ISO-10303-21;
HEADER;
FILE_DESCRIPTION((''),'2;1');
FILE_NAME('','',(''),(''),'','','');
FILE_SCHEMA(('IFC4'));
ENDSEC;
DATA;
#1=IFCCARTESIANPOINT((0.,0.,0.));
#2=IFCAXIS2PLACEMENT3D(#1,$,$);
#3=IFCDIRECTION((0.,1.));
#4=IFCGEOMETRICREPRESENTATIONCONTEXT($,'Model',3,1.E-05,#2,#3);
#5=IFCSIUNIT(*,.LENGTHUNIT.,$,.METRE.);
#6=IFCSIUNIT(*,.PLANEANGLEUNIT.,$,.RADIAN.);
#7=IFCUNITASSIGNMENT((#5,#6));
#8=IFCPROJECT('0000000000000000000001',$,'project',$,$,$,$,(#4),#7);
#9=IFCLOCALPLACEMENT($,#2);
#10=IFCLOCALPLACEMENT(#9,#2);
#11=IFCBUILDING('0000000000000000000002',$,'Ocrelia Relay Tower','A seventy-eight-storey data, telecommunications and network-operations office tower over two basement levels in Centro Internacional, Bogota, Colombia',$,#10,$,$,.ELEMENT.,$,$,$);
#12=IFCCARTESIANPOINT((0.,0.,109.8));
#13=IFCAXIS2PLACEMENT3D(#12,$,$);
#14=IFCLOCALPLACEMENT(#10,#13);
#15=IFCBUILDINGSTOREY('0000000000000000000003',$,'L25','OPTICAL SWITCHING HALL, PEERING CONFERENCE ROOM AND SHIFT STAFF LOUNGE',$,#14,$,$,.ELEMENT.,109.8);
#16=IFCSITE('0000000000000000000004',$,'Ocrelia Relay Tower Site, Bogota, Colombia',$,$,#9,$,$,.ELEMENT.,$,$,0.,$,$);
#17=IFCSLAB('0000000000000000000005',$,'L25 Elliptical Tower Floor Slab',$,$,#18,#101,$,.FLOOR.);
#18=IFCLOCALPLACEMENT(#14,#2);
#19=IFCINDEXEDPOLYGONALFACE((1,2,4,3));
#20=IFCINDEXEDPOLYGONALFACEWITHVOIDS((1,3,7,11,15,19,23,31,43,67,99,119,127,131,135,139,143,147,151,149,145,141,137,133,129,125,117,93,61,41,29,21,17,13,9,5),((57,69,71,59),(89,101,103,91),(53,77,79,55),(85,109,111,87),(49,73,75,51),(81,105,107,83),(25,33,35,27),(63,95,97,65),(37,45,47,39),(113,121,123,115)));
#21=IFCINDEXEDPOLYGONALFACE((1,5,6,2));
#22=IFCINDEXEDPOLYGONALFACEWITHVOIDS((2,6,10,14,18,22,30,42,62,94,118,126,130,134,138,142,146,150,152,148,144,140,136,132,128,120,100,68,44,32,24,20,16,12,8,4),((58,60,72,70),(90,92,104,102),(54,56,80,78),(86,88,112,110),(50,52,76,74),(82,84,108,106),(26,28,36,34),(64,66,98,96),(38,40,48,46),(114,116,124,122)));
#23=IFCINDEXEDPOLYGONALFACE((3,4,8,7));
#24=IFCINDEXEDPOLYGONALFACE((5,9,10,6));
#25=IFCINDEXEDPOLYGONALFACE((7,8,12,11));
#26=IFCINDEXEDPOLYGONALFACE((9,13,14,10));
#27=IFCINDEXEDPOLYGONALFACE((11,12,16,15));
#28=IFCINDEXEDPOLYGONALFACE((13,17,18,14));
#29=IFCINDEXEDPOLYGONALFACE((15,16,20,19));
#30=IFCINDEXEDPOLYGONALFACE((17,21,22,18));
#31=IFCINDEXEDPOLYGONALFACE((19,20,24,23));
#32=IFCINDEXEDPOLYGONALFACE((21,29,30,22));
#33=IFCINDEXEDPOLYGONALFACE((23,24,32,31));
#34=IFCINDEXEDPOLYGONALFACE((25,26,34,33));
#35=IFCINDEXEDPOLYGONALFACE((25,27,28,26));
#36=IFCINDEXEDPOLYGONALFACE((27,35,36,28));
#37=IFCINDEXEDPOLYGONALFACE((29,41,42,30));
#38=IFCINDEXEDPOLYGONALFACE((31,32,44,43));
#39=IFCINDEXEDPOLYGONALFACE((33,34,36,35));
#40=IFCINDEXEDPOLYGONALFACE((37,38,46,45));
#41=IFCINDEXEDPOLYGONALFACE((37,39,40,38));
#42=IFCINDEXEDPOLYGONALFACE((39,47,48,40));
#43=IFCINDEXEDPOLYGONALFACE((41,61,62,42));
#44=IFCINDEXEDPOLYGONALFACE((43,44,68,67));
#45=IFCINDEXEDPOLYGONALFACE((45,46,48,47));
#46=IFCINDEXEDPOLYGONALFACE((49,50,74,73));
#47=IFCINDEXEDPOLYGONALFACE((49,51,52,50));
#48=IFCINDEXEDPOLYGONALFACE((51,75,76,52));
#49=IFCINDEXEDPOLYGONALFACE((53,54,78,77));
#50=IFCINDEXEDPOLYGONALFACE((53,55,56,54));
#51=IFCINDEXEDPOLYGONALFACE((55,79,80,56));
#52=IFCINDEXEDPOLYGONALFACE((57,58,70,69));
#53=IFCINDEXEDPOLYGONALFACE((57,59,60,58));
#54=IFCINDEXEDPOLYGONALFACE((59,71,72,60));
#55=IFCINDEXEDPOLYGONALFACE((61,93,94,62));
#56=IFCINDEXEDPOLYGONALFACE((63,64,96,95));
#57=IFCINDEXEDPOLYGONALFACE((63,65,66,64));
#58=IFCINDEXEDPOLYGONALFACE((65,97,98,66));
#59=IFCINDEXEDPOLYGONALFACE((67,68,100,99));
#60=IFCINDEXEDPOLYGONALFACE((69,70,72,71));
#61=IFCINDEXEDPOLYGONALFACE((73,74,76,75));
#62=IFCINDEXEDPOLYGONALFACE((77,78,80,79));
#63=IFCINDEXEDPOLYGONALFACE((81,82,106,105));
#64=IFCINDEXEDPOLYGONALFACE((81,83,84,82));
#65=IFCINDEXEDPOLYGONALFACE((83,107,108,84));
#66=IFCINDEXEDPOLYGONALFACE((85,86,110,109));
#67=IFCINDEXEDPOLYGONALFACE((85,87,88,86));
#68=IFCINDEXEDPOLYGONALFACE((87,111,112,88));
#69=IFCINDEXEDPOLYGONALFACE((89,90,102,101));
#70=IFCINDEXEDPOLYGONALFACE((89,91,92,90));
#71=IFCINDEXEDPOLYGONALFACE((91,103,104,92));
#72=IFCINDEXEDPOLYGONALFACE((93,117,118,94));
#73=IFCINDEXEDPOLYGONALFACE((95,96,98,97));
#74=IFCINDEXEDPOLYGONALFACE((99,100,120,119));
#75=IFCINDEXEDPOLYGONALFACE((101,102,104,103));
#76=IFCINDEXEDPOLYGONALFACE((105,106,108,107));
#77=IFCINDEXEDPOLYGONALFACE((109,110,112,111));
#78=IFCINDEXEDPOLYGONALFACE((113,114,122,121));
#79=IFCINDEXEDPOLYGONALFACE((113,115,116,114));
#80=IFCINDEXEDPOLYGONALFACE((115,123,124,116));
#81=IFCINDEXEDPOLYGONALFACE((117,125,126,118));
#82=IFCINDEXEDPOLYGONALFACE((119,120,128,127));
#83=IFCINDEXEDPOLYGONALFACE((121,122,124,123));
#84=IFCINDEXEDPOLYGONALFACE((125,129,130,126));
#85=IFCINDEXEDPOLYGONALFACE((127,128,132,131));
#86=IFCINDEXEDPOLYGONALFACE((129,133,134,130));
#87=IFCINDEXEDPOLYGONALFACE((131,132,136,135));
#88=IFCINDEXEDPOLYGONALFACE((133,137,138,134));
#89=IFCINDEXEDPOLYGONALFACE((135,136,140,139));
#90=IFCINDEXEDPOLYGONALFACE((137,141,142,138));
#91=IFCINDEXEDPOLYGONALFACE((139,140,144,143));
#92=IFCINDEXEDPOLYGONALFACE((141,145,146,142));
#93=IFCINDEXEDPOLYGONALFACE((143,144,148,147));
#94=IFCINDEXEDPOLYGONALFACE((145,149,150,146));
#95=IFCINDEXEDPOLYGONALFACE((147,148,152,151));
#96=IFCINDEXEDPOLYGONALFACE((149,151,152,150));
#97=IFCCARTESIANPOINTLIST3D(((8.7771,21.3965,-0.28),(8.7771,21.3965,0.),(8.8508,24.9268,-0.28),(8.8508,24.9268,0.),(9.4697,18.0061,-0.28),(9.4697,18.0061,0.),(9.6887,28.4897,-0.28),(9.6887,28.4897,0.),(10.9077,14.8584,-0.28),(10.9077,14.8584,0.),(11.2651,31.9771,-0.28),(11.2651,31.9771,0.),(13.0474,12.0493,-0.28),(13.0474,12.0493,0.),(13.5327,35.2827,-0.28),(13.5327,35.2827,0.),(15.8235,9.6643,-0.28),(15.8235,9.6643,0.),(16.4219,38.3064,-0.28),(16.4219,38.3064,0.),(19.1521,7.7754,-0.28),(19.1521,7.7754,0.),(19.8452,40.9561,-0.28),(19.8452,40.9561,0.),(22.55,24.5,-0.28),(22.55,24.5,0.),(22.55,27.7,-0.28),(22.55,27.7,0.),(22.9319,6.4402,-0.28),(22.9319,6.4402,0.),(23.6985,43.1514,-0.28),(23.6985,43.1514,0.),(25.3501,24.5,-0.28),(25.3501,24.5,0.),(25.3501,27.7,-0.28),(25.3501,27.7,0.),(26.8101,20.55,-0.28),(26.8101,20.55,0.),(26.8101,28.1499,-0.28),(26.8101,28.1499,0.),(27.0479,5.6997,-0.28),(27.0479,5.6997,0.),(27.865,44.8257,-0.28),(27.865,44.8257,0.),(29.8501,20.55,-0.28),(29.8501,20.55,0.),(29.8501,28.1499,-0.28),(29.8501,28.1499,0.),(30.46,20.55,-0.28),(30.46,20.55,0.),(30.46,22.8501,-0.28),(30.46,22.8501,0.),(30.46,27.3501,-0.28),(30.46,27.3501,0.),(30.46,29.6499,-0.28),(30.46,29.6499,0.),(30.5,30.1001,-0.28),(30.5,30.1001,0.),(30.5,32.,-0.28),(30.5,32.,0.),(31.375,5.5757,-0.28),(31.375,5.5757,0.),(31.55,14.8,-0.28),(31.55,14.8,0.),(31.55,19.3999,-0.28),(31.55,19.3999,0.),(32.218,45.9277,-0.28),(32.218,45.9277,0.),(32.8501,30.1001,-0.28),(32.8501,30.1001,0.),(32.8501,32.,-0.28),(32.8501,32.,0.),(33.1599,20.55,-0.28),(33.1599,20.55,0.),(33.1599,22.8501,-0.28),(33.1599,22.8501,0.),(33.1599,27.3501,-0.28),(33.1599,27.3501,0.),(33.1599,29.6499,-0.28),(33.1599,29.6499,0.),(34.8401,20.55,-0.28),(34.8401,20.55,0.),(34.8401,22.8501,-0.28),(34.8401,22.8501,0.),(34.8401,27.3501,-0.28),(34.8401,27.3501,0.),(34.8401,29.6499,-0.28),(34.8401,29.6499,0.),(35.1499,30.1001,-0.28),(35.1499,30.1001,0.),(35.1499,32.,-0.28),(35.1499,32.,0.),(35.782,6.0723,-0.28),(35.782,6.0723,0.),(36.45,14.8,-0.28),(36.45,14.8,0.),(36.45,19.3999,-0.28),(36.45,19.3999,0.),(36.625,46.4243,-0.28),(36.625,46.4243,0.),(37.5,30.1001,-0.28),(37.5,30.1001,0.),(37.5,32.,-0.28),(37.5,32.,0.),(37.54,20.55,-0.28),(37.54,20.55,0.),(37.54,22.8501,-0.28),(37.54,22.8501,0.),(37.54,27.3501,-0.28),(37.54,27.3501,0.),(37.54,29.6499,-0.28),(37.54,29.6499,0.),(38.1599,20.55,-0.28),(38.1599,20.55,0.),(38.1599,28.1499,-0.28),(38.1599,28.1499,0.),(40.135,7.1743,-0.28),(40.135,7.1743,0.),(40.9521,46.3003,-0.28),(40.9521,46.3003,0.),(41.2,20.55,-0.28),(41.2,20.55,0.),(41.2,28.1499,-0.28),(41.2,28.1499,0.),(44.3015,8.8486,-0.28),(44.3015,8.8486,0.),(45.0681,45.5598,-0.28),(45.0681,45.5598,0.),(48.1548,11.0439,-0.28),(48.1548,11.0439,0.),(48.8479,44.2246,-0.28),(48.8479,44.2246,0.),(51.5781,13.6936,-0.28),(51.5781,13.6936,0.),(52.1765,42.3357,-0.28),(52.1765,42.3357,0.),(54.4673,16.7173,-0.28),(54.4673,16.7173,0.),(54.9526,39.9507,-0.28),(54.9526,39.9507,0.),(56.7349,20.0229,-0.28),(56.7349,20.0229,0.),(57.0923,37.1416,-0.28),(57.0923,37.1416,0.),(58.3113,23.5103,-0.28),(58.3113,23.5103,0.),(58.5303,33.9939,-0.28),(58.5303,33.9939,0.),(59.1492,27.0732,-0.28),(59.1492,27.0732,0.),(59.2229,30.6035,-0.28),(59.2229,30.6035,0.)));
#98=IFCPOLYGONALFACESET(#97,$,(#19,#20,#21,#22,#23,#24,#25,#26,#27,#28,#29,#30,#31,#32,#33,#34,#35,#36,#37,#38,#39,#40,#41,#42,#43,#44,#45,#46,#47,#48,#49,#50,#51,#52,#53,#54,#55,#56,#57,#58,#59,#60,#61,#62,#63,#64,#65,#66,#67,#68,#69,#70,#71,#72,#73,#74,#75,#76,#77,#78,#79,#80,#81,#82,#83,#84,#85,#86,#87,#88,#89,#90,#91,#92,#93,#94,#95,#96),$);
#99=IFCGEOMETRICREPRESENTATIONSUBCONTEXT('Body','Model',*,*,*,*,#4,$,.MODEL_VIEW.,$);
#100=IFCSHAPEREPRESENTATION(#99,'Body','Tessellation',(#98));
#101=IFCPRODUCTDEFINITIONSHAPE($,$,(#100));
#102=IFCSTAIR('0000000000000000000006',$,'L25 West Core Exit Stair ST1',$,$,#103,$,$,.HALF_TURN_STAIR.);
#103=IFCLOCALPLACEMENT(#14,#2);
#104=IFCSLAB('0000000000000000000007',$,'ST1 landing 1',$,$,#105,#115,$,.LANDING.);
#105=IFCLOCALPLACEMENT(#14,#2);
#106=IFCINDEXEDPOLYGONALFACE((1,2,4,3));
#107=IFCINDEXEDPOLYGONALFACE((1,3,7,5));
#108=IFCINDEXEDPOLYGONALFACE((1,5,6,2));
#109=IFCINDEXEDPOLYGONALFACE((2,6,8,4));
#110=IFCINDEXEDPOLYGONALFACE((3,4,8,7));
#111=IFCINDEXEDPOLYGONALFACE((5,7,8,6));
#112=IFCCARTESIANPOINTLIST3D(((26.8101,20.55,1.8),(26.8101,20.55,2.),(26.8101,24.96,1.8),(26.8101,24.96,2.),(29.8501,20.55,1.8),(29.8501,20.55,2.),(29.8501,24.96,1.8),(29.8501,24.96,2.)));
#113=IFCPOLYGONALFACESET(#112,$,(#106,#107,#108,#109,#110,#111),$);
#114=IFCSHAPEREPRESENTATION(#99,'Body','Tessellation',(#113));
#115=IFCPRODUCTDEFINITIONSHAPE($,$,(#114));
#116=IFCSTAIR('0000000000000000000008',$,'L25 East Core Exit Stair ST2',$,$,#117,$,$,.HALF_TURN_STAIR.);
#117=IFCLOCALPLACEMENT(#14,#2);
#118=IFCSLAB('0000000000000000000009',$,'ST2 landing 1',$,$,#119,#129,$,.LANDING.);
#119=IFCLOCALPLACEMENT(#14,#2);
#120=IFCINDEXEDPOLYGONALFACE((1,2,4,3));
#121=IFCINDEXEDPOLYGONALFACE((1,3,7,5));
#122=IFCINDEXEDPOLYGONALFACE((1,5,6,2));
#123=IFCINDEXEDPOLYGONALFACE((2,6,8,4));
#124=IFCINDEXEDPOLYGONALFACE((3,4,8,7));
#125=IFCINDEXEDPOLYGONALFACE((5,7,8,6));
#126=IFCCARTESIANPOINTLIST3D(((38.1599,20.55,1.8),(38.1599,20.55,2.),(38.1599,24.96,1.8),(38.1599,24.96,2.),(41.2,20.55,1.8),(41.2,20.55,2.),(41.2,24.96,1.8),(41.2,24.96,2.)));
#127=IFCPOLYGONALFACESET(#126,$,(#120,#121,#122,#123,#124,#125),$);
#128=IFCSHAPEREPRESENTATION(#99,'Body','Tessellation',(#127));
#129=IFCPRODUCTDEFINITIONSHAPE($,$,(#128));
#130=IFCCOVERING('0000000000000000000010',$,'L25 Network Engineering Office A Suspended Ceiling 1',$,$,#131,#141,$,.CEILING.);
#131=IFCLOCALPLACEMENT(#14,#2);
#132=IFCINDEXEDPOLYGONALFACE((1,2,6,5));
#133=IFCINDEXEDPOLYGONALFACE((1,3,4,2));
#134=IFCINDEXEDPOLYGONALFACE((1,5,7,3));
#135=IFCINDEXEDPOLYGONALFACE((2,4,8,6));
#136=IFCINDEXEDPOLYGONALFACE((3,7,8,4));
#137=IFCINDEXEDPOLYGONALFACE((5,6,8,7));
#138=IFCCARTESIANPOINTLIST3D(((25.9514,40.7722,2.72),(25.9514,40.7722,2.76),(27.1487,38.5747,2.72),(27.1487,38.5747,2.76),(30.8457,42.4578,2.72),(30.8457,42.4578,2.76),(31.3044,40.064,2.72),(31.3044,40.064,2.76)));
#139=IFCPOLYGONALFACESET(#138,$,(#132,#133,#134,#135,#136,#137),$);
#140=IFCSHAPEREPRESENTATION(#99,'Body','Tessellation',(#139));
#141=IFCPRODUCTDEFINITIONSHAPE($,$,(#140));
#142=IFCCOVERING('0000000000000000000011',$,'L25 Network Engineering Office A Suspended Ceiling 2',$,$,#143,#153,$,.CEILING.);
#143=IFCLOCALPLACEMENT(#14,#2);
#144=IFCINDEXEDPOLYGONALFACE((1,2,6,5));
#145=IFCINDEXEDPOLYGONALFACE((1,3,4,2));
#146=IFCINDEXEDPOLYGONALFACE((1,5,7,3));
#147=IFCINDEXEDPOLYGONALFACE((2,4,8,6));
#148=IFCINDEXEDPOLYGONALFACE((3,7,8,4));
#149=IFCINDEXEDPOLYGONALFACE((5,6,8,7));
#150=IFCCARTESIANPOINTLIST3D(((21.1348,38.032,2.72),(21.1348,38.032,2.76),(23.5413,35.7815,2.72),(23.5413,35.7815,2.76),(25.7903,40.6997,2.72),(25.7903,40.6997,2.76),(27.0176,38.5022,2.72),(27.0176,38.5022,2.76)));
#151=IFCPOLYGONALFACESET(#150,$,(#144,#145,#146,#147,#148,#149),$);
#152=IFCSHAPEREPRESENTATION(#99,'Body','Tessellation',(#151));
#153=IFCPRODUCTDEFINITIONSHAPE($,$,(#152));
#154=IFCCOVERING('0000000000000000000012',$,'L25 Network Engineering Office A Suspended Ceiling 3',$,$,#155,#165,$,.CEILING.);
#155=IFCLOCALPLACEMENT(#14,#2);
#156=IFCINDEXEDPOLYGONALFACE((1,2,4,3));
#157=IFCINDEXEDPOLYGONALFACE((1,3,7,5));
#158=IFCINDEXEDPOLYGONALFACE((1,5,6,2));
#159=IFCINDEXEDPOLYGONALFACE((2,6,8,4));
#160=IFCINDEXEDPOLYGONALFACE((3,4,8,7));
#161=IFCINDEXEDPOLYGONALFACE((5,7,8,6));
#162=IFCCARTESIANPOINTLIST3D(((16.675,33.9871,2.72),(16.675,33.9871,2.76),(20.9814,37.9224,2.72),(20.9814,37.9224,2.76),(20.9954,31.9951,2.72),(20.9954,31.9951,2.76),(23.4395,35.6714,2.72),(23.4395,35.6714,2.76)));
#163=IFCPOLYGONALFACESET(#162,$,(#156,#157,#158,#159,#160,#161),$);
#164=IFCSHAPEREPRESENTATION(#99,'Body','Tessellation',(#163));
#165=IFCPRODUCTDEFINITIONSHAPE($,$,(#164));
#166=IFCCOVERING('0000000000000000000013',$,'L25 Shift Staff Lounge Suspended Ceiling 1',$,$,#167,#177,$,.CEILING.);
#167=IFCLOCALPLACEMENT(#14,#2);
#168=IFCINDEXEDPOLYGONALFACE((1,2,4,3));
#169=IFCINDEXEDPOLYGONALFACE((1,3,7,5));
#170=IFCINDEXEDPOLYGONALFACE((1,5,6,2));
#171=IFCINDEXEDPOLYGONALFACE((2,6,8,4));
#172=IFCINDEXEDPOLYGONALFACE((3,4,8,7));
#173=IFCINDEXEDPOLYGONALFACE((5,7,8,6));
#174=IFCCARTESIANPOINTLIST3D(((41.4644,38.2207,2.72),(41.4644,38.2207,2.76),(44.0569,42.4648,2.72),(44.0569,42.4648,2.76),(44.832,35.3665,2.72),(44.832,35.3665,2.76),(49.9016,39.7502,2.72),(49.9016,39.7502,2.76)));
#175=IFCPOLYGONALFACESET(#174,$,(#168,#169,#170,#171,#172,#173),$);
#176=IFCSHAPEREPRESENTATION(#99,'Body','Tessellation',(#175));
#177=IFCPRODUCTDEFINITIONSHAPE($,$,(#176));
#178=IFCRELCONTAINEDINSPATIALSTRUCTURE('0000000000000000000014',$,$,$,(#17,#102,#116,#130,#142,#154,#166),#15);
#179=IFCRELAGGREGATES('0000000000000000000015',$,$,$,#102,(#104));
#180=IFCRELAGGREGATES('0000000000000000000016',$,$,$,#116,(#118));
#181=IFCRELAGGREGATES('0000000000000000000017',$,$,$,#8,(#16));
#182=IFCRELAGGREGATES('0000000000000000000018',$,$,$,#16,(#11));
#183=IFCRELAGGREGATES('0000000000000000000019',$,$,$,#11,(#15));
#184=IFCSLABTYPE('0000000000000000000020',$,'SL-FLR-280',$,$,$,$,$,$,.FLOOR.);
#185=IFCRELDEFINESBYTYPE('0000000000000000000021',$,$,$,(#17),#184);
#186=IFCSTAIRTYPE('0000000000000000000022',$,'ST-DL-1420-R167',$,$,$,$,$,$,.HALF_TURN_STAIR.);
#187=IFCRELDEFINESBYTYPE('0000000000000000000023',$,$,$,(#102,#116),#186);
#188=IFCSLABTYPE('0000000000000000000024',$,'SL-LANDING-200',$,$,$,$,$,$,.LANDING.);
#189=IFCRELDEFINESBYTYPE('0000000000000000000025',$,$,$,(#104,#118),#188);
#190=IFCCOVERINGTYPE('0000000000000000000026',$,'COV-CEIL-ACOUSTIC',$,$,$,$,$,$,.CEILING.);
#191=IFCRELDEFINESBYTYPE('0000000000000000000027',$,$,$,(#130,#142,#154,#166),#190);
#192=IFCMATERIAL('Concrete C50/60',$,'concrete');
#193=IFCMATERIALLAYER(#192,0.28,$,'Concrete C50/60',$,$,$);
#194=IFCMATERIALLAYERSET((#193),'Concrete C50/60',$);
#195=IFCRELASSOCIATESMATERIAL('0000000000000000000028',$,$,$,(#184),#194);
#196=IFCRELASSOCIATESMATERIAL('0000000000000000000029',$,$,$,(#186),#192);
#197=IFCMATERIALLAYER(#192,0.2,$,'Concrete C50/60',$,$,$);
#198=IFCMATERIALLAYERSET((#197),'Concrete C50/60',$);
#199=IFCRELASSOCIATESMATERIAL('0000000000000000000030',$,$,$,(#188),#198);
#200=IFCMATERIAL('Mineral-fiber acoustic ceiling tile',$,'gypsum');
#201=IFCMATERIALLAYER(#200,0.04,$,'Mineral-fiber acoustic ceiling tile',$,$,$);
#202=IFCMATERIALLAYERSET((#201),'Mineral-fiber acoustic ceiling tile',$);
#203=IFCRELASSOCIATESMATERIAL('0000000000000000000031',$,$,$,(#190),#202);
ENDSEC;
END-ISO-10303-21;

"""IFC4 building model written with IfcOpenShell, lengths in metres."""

from ifc_helpers import new_model, si_unit, direction, frame, origin, place, context, subcontext, project, spatial, polyline, outline, extrude, material, layer, layer_set, type_object, element, aggregate, save


model = new_model("IFC4")

# Units and contexts
model_context = context("Model", 3, precision=1e-05, world=origin(), true_north=direction((0.0, 1.0)))
body_context = subcontext(model_context, "Body", "Model", "MODEL_VIEW")
ifc_project = project(units=[si_unit("LENGTHUNIT", "METRE"), si_unit("PLANEANGLEUNIT", "RADIAN")], contexts=[model_context])

# Site, building, storey
site_placement = place(None, origin())
site = spatial("IfcSite", under=ifc_project, at=site_placement, Name="Ocrelia Relay Tower Site, Bogota, Colombia", CompositionType="ELEMENT", RefElevation=0.0)
building_placement = place(site_placement, origin())
building = spatial("IfcBuilding", under=site, at=building_placement, Name="Ocrelia Relay Tower", Description="A seventy-eight-storey data, telecommunications and network-operations office tower over two basement levels in Centro Internacional, Bogota, Colombia", CompositionType="ELEMENT")
storey_placement = place(building_placement, frame((0.0, 0.0, 109.8)))
storey = spatial("IfcBuildingStorey", under=building, at=storey_placement, Name="L25", Description="OPTICAL SWITCHING HALL, PEERING CONFERENCE ROOM AND SHIFT STAFF LOUNGE", CompositionType="ELEMENT", Elevation=109.8)

# Slab
ifc_material_1 = material(Name="Concrete C50/60", Category="concrete")
ifc_layer_1 = layer(ifc_material_1, 0.28, Name="Concrete C50/60")
ifc_layer_set_1 = layer_set([ifc_layer_1], Name="Concrete C50/60")
slab_type_1 = type_object("IfcSlabType", Name="SL-FLR-280", PredefinedType="FLOOR", material=ifc_layer_set_1)
slab_1_placement = place(storey_placement, frame((0.0, 0.0, -0.28)))
element("IfcSlab", 1, at=slab_1_placement, inside=storey, type_object=slab_type_1, Name="L25 Elliptical Tower Floor Slab", PredefinedType="FLOOR", context=body_context, shape_type="SweptSolid", body=[
    extrude(outline(polyline([(58.5303, 33.9939), (57.0923, 37.1416), (54.9526, 39.9507), (52.1765, 42.3357), (48.8479, 44.2246), (45.0681, 45.5598), (40.9521, 46.3003), (36.625, 46.4243), (32.218, 45.9277), (27.865, 44.8257), (23.6985, 43.1514), (19.8452, 40.9561), (16.4219, 38.3064), (13.5327, 35.2827), (11.2651, 31.9771), (9.6887, 28.4897), (8.8508, 24.9268), (8.7771, 21.3965), (9.4697, 18.0061), (10.9077, 14.8584), (13.0474, 12.0493), (15.8235, 9.6643), (19.1521, 7.7754), (22.9319, 6.4402), (27.0479, 5.6997), (31.375, 5.5757), (35.782, 6.0723), (40.135, 7.1743), (44.3015, 8.8486), (48.1548, 11.0439), (51.5781, 13.6936), (54.4673, 16.7173), (56.7349, 20.0229), (58.3113, 23.5103), (59.1492, 27.0732), (59.2229, 30.6035), (58.5303, 33.9939)]), holes=[polyline([(26.8101, 28.1499), (26.8101, 20.55), (29.8501, 20.55), (29.8501, 28.1499), (26.8101, 28.1499)]), polyline([(38.1599, 28.1499), (38.1599, 20.55), (41.2, 20.55), (41.2, 28.1499), (38.1599, 28.1499)]), polyline([(30.46, 20.55), (33.1599, 20.55), (33.1599, 22.8501), (30.46, 22.8501), (30.46, 20.55)]), polyline([(34.8401, 20.55), (37.54, 20.55), (37.54, 22.8501), (34.8401, 22.8501), (34.8401, 20.55)]), polyline([(30.46, 27.3501), (33.1599, 27.3501), (33.1599, 29.6499), (30.46, 29.6499), (30.46, 27.3501)]), polyline([(34.8401, 27.3501), (37.54, 27.3501), (37.54, 29.6499), (34.8401, 29.6499), (34.8401, 27.3501)]), polyline([(30.5, 30.1001), (32.8501, 30.1001), (32.8501, 32.0), (30.5, 32.0), (30.5, 30.1001)]), polyline([(35.1499, 30.1001), (37.5, 30.1001), (37.5, 32.0), (35.1499, 32.0), (35.1499, 30.1001)]), polyline([(22.55, 24.5), (25.3501, 24.5), (25.3501, 27.7), (22.55, 27.7), (22.55, 24.5)]), polyline([(31.55, 14.8), (36.45, 14.8), (36.45, 19.3999), (31.55, 19.3999), (31.55, 14.8)])]), origin(), (0.0, 0.0, 1.0), 0.28),
])

# Stairs, slabs
stair_type = type_object("IfcStairType", Name="ST-DL-1420-R167", PredefinedType="HALF_TURN_STAIR", material=ifc_material_1)
stair_1_placement = place(storey_placement, origin())
stair_1 = element("IfcStair", 2, at=stair_1_placement, inside=storey, type_object=stair_type, Name="L25 West Core Exit Stair ST1", PredefinedType="HALF_TURN_STAIR")
ifc_layer_2 = layer(ifc_material_1, 0.2, Name="Concrete C50/60")
ifc_layer_set_2 = layer_set([ifc_layer_2], Name="Concrete C50/60")
slab_type_2 = type_object("IfcSlabType", Name="SL-LANDING-200", PredefinedType="LANDING", material=ifc_layer_set_2)
slab_2_placement = place(storey_placement, frame((0.0, 0.0, 1.8)))
slab_2 = element("IfcSlab", 3, at=slab_2_placement, type_object=slab_type_2, Name="ST1 landing 1", PredefinedType="LANDING", context=body_context, shape_type="SweptSolid", body=[
    extrude(outline(polyline([(26.8101, 24.96), (26.8101, 20.55), (29.8501, 20.55), (29.8501, 24.96), (26.8101, 24.96)])), origin(), (0.0, 0.0, 1.0), 0.2),
])
aggregate(stair_1, [slab_2])
stair_2_placement = place(storey_placement, origin())
stair_2 = element("IfcStair", 4, at=stair_2_placement, inside=storey, type_object=stair_type, Name="L25 East Core Exit Stair ST2", PredefinedType="HALF_TURN_STAIR")
slab_3_placement = place(storey_placement, frame((0.0, 0.0, 1.8)))
slab_3 = element("IfcSlab", 5, at=slab_3_placement, type_object=slab_type_2, Name="ST2 landing 1", PredefinedType="LANDING", context=body_context, shape_type="SweptSolid", body=[
    extrude(outline(polyline([(38.1599, 24.96), (38.1599, 20.55), (41.2, 20.55), (41.2, 24.96), (38.1599, 24.96)])), origin(), (0.0, 0.0, 1.0), 0.2),
])
aggregate(stair_2, [slab_3])

# Coverings
ifc_material_2 = material(Name="Mineral-fiber acoustic ceiling tile", Category="gypsum")
ifc_layer_3 = layer(ifc_material_2, 0.04, Name="Mineral-fiber acoustic ceiling tile")
ifc_layer_set_3 = layer_set([ifc_layer_3], Name="Mineral-fiber acoustic ceiling tile")
covering_type_1 = type_object("IfcCoveringType", Name="COV-CEIL-ACOUSTIC", PredefinedType="CEILING", material=ifc_layer_set_3)
covering_1_placement = place(storey_placement, frame((0.0, 0.0, 2.72)))
element("IfcCovering", 6, at=covering_1_placement, inside=storey, type_object=covering_type_1, Name="L25 Network Engineering Office A Suspended Ceiling 1", PredefinedType="CEILING", context=body_context, shape_type="SweptSolid", body=[
    extrude(outline(polyline([(31.3044, 40.064), (30.8457, 42.4578), (25.9514, 40.7722), (27.1487, 38.5747), (31.3044, 40.064)])), origin(), (0.0, 0.0, 1.0), 0.04),
])
covering_2_placement = place(storey_placement, frame((0.0, 0.0, 2.72)))
element("IfcCovering", 7, at=covering_2_placement, inside=storey, type_object=covering_type_1, Name="L25 Network Engineering Office A Suspended Ceiling 2", PredefinedType="CEILING", context=body_context, shape_type="SweptSolid", body=[
    extrude(outline(polyline([(27.0176, 38.5022), (25.7903, 40.6997), (21.1348, 38.032), (23.5413, 35.7815), (27.0176, 38.5022)])), origin(), (0.0, 0.0, 1.0), 0.04),
])
covering_3_placement = place(storey_placement, frame((0.0, 0.0, 2.72)))
element("IfcCovering", 8, at=covering_3_placement, inside=storey, type_object=covering_type_1, Name="L25 Network Engineering Office A Suspended Ceiling 3", PredefinedType="CEILING", context=body_context, shape_type="SweptSolid", body=[
    extrude(outline(polyline([(23.4395, 35.6714), (20.9814, 37.9224), (16.675, 33.9871), (20.9954, 31.9951), (23.4395, 35.6714)])), origin(), (0.0, 0.0, 1.0), 0.04),
])
covering_4_placement = place(storey_placement, frame((0.0, 0.0, 2.72)))
element("IfcCovering", 9, at=covering_4_placement, inside=storey, type_object=covering_type_1, Name="L25 Shift Staff Lounge Suspended Ceiling 1", PredefinedType="CEILING", context=body_context, shape_type="SweptSolid", body=[
    extrude(outline(polyline([(44.832, 35.3665), (49.9016, 39.7502), (44.0569, 42.4648), (41.4644, 38.2207), (44.832, 35.3665)])), origin(), (0.0, 0.0, 1.0), 0.04),
])

save(model, "model.ifc")
